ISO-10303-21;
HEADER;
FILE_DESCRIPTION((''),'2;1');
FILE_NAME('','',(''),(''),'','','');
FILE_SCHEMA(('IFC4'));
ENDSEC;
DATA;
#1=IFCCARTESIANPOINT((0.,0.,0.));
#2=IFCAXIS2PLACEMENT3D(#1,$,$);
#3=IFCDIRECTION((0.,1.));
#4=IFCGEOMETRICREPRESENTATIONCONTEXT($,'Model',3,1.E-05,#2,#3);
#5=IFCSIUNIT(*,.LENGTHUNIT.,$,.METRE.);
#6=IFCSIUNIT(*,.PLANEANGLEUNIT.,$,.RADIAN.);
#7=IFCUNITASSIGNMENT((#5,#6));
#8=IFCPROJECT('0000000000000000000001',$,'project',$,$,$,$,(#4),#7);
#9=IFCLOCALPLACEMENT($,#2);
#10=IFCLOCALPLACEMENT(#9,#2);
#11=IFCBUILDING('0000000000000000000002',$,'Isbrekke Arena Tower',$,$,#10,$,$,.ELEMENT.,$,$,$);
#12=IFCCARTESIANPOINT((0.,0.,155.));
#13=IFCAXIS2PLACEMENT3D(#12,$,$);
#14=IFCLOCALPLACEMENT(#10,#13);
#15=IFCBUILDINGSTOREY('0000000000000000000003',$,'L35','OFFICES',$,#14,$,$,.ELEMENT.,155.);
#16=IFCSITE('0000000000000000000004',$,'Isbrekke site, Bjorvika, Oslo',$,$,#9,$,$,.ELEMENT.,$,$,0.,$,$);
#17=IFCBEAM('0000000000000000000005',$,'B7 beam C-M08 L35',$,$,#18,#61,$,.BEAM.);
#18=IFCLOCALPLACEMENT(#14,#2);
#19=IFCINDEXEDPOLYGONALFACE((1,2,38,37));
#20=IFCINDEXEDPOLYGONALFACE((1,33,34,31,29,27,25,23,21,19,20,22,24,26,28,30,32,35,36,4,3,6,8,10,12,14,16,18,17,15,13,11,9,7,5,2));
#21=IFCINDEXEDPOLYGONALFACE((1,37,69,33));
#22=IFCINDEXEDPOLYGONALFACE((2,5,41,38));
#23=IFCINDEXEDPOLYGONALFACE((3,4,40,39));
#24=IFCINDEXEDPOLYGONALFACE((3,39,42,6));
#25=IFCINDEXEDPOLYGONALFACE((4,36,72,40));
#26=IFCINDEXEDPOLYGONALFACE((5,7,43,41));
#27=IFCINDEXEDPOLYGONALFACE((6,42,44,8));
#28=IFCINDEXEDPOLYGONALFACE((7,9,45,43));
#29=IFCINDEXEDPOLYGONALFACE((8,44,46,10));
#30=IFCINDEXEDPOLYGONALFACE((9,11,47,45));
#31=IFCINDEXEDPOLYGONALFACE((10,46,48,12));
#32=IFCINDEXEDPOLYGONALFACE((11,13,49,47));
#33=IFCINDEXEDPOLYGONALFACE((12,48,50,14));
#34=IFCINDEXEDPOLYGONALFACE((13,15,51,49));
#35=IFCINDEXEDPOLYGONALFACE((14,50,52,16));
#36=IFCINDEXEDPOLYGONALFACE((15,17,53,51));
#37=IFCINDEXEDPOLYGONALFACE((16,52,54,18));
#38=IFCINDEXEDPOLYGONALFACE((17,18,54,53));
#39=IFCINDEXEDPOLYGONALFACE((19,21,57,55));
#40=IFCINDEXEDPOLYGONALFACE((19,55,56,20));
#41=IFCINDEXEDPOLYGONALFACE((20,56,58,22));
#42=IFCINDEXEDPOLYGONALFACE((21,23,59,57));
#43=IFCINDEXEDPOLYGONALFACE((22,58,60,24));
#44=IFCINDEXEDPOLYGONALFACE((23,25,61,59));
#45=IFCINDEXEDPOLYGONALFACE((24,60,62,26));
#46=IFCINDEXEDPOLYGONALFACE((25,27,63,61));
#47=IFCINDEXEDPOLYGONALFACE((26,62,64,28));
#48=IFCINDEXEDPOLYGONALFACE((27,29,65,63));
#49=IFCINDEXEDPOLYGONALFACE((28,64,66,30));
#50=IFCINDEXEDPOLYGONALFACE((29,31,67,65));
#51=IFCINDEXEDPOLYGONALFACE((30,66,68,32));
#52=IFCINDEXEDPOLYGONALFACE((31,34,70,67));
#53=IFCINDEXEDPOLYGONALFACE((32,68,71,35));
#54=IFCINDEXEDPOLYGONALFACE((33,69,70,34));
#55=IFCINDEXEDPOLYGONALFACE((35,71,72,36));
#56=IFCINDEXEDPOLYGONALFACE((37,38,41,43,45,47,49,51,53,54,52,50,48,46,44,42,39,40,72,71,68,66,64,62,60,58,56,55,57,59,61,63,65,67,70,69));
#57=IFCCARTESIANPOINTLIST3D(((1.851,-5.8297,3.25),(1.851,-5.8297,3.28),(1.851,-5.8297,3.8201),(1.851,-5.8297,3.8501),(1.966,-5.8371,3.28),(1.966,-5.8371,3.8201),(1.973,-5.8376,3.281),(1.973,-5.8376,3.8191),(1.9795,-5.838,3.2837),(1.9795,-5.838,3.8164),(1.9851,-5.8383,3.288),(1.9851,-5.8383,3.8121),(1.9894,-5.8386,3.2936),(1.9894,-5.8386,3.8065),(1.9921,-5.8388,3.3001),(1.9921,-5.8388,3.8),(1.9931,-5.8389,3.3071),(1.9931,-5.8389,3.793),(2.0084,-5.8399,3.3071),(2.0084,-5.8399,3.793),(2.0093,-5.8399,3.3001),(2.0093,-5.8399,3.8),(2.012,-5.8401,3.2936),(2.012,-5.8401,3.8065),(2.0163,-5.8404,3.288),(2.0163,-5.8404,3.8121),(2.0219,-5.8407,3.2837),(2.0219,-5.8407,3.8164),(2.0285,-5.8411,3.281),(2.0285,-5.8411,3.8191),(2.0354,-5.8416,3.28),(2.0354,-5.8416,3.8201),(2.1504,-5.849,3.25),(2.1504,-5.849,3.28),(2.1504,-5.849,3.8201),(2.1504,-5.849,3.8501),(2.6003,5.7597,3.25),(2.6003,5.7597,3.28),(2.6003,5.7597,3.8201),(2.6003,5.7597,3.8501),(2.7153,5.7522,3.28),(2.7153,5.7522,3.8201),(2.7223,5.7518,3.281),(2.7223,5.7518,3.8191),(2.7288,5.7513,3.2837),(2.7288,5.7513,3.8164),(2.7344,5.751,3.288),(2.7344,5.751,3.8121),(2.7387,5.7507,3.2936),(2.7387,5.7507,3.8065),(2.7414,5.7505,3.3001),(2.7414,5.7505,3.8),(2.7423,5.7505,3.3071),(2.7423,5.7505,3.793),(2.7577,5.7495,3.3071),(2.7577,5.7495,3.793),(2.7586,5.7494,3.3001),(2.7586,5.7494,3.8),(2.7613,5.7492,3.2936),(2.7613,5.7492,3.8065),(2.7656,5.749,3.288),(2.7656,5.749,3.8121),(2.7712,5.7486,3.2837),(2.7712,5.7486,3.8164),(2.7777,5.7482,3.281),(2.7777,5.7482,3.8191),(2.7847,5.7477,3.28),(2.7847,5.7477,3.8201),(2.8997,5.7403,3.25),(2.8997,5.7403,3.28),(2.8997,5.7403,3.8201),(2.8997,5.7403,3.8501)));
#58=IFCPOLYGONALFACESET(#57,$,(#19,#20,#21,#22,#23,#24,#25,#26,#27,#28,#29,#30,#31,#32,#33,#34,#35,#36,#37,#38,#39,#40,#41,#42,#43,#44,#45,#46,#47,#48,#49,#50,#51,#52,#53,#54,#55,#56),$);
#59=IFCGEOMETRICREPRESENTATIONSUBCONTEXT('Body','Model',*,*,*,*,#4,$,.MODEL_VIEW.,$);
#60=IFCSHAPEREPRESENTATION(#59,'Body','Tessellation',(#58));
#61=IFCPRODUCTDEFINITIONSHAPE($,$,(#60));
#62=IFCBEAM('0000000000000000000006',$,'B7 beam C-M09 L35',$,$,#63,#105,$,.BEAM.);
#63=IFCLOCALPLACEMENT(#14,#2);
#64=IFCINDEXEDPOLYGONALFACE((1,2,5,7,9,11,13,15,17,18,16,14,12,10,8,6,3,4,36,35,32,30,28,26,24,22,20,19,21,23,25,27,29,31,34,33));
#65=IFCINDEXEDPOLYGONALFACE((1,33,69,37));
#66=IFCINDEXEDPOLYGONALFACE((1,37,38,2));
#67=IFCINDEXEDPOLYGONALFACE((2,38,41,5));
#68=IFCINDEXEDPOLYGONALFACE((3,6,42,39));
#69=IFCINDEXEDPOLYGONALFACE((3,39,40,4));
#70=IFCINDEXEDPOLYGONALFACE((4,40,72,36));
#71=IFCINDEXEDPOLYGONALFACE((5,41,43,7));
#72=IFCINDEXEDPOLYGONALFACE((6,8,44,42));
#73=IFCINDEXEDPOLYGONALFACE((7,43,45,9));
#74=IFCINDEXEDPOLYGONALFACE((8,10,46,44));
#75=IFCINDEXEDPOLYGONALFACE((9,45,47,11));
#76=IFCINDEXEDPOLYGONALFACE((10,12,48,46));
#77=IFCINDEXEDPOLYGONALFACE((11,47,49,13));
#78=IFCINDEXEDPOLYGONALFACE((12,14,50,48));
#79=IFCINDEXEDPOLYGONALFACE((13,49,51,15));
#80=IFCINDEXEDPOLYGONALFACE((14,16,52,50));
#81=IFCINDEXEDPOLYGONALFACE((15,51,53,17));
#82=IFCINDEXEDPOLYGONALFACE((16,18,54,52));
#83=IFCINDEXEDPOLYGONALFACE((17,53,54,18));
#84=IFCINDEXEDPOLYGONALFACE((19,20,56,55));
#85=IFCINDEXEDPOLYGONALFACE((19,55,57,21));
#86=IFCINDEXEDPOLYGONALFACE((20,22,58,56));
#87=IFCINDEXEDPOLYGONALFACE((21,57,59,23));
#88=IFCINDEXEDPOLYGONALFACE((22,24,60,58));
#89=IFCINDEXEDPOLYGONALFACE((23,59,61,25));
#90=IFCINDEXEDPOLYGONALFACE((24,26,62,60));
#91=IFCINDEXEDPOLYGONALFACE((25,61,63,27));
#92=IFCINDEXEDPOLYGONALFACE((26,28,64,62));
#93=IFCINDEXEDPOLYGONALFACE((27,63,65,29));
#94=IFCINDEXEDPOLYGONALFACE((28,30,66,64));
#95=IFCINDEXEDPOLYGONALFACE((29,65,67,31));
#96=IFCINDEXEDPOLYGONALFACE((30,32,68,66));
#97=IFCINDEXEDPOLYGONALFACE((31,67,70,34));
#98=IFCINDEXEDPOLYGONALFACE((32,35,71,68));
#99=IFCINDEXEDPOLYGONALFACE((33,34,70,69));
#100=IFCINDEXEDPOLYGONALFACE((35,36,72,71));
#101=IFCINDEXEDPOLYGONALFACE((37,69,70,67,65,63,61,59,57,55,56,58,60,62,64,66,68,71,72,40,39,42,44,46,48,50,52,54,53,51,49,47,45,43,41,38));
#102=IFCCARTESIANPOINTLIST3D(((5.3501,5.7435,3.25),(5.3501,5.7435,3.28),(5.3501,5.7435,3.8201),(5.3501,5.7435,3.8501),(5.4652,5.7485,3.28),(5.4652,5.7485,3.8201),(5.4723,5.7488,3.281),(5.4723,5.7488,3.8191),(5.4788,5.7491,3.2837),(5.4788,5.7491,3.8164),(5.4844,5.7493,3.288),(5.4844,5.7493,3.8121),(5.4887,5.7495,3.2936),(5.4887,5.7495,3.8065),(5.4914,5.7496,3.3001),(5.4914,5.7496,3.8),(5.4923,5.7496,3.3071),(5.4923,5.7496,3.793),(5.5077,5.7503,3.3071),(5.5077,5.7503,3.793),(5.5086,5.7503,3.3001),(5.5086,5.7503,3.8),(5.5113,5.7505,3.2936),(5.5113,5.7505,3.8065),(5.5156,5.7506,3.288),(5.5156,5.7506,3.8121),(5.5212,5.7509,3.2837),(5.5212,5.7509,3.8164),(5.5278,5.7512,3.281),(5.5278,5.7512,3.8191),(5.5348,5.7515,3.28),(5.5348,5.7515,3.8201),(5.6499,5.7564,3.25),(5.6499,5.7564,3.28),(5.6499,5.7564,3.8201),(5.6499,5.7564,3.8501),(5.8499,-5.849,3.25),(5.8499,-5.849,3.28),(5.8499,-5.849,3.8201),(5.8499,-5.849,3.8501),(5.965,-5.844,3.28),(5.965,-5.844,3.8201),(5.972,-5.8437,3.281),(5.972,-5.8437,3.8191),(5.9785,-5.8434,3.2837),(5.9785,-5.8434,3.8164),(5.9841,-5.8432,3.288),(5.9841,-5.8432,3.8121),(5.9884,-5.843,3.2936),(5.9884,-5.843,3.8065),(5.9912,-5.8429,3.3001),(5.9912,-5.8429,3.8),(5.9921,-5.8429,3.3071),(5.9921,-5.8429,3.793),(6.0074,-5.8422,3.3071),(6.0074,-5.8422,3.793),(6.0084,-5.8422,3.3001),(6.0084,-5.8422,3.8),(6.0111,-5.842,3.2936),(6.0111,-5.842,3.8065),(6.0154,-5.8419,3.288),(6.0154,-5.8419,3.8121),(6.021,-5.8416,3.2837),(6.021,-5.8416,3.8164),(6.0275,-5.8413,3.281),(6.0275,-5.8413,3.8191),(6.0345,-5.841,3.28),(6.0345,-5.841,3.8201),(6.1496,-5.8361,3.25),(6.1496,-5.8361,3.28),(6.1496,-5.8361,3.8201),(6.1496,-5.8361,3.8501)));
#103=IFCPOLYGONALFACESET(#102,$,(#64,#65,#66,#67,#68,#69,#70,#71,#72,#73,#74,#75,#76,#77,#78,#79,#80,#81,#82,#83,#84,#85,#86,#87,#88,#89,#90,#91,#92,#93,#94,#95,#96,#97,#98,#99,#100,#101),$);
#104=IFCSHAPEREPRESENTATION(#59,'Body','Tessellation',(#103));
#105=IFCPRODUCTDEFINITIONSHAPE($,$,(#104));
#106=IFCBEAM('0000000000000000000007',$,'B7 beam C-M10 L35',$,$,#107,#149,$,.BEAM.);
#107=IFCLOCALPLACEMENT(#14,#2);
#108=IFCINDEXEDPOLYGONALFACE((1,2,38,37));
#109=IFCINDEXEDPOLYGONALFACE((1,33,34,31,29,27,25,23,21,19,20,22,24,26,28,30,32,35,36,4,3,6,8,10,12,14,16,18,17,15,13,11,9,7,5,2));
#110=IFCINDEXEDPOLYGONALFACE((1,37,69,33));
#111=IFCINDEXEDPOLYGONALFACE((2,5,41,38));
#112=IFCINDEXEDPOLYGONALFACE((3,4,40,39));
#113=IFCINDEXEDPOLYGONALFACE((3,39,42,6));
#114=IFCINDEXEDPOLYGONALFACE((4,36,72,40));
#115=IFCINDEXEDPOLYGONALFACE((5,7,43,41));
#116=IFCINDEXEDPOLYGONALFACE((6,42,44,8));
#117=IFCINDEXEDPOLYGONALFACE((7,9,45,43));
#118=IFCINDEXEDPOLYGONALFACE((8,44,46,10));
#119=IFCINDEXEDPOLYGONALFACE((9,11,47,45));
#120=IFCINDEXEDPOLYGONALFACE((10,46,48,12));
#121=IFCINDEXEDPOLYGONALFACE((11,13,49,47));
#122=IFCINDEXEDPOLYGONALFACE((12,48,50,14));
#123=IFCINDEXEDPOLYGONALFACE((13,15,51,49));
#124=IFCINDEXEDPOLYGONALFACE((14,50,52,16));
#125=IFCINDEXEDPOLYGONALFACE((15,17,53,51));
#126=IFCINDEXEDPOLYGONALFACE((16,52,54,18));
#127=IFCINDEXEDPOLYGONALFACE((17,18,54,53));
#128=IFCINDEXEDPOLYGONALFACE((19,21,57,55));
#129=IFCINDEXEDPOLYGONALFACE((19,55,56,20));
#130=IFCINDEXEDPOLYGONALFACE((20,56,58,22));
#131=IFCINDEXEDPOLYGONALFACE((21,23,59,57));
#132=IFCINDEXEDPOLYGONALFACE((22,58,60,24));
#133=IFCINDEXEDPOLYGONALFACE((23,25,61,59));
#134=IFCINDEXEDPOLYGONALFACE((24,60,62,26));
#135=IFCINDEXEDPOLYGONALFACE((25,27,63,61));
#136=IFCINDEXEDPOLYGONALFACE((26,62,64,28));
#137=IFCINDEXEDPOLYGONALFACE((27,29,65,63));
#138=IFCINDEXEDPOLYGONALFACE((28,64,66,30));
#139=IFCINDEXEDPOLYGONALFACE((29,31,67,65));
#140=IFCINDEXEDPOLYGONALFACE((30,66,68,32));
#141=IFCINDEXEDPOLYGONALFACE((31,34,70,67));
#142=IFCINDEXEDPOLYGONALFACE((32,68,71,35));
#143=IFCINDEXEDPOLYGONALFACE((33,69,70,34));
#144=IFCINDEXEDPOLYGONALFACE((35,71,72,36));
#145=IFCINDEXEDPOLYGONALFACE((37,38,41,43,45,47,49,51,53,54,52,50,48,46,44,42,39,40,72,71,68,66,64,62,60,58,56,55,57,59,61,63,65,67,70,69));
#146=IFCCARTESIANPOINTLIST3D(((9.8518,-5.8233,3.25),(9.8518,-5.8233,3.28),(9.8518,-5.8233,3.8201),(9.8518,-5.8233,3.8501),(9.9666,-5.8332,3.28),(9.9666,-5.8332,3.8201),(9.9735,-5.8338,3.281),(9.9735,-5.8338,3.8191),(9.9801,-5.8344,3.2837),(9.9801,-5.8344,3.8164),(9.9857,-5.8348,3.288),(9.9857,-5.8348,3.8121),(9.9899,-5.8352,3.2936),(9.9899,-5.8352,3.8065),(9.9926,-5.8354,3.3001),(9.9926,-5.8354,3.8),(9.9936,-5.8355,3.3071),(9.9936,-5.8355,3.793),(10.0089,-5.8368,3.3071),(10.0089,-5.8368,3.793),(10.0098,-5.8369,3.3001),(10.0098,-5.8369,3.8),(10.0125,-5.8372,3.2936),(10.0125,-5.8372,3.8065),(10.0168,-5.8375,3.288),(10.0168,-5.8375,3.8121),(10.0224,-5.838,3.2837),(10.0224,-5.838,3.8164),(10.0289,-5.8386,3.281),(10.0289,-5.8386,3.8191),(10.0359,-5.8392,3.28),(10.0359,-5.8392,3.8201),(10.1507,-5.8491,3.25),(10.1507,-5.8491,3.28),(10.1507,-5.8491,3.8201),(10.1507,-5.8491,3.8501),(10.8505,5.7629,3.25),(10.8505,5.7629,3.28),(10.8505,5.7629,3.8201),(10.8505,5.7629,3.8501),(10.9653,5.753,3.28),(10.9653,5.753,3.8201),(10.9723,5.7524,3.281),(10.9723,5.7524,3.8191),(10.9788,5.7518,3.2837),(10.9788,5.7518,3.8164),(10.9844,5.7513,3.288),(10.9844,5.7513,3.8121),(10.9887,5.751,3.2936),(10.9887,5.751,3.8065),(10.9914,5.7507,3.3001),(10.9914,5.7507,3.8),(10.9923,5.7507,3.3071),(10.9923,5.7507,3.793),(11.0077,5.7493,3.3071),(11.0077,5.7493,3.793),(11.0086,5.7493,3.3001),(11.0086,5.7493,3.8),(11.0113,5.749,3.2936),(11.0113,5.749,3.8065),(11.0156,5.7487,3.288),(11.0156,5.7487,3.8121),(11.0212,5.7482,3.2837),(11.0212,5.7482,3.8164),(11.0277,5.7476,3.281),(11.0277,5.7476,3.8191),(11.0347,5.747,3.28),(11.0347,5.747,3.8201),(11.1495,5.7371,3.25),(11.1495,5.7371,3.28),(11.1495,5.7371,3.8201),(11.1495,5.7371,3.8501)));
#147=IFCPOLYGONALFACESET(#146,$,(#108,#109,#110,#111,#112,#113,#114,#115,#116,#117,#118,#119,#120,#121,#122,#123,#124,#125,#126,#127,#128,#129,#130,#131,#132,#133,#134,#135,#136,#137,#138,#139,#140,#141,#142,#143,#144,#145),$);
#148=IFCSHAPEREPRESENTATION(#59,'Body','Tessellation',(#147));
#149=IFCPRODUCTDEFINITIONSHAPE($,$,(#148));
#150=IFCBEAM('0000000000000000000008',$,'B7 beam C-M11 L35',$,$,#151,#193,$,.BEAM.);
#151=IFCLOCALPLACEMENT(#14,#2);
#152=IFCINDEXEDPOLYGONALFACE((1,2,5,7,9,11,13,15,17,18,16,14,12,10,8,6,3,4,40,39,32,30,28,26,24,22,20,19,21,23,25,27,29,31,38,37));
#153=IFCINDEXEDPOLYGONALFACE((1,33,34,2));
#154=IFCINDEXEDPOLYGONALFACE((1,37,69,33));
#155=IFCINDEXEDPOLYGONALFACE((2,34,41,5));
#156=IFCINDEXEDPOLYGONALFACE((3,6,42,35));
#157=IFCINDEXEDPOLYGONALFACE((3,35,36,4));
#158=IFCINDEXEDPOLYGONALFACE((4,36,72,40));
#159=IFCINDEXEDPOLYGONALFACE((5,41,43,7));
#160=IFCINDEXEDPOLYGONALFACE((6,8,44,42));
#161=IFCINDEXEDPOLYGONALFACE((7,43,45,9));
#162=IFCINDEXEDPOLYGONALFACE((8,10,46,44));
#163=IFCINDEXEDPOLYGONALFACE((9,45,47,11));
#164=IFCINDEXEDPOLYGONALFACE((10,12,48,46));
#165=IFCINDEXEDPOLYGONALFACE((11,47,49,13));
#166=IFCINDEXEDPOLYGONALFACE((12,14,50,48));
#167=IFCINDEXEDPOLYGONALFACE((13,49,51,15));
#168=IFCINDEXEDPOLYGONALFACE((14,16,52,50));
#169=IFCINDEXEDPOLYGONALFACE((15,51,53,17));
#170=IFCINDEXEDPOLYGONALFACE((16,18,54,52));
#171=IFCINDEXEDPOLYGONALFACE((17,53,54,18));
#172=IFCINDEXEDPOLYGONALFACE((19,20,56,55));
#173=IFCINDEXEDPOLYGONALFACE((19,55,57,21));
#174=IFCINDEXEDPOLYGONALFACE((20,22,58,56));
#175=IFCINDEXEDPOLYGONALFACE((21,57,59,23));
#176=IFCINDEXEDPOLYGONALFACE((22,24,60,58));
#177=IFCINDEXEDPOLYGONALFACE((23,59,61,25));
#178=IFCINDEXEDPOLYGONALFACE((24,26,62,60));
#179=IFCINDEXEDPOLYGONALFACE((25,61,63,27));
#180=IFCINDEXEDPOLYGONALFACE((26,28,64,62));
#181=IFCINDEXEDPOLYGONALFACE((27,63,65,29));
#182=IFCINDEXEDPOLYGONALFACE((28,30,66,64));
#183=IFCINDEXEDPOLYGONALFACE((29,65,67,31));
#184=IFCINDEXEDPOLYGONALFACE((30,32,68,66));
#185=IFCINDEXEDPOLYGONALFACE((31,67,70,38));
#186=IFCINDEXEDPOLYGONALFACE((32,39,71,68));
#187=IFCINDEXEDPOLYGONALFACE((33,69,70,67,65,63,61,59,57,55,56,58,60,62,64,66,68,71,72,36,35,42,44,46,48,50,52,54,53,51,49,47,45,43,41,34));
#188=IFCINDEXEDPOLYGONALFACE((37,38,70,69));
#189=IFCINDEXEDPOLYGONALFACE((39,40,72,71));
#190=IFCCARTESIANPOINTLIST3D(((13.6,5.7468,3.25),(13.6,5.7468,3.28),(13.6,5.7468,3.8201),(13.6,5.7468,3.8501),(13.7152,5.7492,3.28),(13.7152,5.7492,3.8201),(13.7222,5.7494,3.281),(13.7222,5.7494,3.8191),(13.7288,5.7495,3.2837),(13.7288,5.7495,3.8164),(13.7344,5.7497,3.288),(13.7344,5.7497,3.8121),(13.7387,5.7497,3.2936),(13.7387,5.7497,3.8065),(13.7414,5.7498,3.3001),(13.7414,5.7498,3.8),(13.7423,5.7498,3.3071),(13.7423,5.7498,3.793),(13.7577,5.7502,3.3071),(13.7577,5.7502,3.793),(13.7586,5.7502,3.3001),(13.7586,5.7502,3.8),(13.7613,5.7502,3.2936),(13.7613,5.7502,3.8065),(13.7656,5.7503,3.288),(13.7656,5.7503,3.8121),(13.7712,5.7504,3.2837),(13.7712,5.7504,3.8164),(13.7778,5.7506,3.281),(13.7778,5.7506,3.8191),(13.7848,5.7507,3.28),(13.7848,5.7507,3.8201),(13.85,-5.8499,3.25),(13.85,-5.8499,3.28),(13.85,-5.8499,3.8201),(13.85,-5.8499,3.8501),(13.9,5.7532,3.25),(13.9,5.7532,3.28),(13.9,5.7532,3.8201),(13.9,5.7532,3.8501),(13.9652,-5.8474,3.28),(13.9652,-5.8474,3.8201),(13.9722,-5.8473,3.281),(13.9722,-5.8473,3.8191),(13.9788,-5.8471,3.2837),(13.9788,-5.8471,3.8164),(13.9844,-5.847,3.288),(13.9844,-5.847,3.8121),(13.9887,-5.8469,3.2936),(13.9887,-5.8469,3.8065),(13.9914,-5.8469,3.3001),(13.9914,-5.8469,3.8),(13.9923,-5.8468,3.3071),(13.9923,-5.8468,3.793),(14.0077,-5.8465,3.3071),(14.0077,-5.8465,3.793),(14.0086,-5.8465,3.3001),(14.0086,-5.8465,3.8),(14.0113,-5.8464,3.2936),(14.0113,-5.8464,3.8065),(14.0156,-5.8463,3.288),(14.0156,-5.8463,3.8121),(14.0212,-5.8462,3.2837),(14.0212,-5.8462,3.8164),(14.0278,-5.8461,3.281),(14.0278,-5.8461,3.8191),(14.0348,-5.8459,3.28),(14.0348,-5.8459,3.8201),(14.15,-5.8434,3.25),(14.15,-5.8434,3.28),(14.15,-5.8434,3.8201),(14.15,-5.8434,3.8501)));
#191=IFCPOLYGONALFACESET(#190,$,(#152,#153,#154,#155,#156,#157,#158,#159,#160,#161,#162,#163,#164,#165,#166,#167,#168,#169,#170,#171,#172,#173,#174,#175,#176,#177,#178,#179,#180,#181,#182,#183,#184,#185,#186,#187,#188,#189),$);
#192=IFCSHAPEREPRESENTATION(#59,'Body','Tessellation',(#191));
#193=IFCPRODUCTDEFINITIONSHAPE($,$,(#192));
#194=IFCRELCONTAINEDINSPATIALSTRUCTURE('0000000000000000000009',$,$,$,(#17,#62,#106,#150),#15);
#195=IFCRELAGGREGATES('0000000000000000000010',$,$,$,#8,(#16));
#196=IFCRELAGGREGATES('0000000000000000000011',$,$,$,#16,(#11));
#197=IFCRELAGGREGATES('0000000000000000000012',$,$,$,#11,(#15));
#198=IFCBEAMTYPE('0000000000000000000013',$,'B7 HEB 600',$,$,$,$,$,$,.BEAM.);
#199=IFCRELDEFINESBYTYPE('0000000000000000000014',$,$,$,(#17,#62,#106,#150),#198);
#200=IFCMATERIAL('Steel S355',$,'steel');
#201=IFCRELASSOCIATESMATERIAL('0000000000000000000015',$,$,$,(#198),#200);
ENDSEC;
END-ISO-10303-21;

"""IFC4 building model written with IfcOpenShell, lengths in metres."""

from ifc_helpers import new_model, si_unit, direction, frame, origin, origin_2d, place, context, subcontext, project, spatial, i_section, extrude, material, material_profile, profile_set, type_object, element, save


model = new_model("IFC4")

# Units and contexts
model_context = context("Model", 3, precision=1e-05, world=origin(), true_north=direction((0.0, 1.0)))
body_context = subcontext(model_context, "Body", "Model", "MODEL_VIEW")
ifc_project = project(units=[si_unit("LENGTHUNIT", "METRE"), si_unit("PLANEANGLEUNIT", "RADIAN")], contexts=[model_context])

# Site, building, storey
site_placement = place(None, origin())
site = spatial("IfcSite", under=ifc_project, at=site_placement, Name="Isbrekke site, Bjorvika, Oslo", CompositionType="ELEMENT", RefElevation=0.0)
building_placement = place(site_placement, origin())
building = spatial("IfcBuilding", under=site, at=building_placement, Name="Isbrekke Arena Tower", CompositionType="ELEMENT")
storey_placement = place(building_placement, frame((0.0, 0.0, 155.0)))
storey = spatial("IfcBuildingStorey", under=building, at=storey_placement, Name="L35", Description="OFFICES", CompositionType="ELEMENT", Elevation=155.0)

# Beams
ifc_material_1 = material(Name="Steel S355", Category="steel")
ifc_material_profile_1 = material_profile(ifc_material_1, i_section(OverallWidth=0.3, OverallDepth=0.6001, WebThickness=0.0154, FlangeThickness=0.03, FilletRadius=0.0271, at=origin_2d()), Name="HEB 600")
ifc_profile_set_1 = profile_set([ifc_material_profile_1], Name="Steel S355")
beam_type_1 = type_object("IfcBeamType", Name="B7 HEB 600", PredefinedType="BEAM", material=ifc_profile_set_1)
beam_1_placement = place(storey_placement, frame((2.0007, -5.8394, 3.55), z_axis=(0.064517, 0.997917, 0.0), x_axis=(-0.997917, 0.064517, 0.0)))
element("IfcBeam", 1, at=beam_1_placement, inside=storey, type_object=beam_type_1, Name="B7 beam C-M08 L35", PredefinedType="BEAM", context=body_context, shape_type="SweptSolid", body=[
    extrude(i_section(OverallWidth=0.3, OverallDepth=0.6001, WebThickness=0.0154, FlangeThickness=0.03, FilletRadius=0.0271, at=origin_2d()), origin(), (0.0, 0.0, 1.0), 11.6135),
])
beam_2_placement = place(storey_placement, frame((5.9998, -5.8425, 3.55), z_axis=(-0.04307, 0.999072, 0.0), x_axis=(-0.999072, -0.04307, 0.0)))
element("IfcBeam", 2, at=beam_2_placement, inside=storey, type_object=beam_type_1, Name="B7 beam C-M09 L35", PredefinedType="BEAM", context=body_context, shape_type="SweptSolid", body=[
    extrude(i_section(OverallWidth=0.3, OverallDepth=0.6001, WebThickness=0.0154, FlangeThickness=0.03, FilletRadius=0.0271, at=origin_2d()), origin(), (0.0, 0.0, 1.0), 11.6033),
])
beam_3_placement = place(storey_placement, frame((10.0012, -5.8362, 3.55), z_axis=(0.085886, 0.996305, 0.0), x_axis=(-0.996305, 0.085886, 0.0)))
element("IfcBeam", 3, at=beam_3_placement, inside=storey, type_object=beam_type_1, Name="B7 beam C-M10 L35", PredefinedType="BEAM", context=body_context, shape_type="SweptSolid", body=[
    extrude(i_section(OverallWidth=0.3, OverallDepth=0.6001, WebThickness=0.0154, FlangeThickness=0.03, FilletRadius=0.0271, at=origin_2d()), origin(), (0.0, 0.0, 1.0), 11.6292),
])
beam_4_placement = place(storey_placement, frame((14.0, -5.8467, 3.55), z_axis=(-0.021553, 0.999768, 0.0), x_axis=(-0.999768, -0.021553, 0.0)))
element("IfcBeam", 4, at=beam_4_placement, inside=storey, type_object=beam_type_1, Name="B7 beam C-M11 L35", PredefinedType="BEAM", context=body_context, shape_type="SweptSolid", body=[
    extrude(i_section(OverallWidth=0.3, OverallDepth=0.6001, WebThickness=0.0154, FlangeThickness=0.03, FilletRadius=0.0271, at=origin_2d()), origin(), (0.0, 0.0, 1.0), 11.5994),
])

save(model, "model.ifc")
